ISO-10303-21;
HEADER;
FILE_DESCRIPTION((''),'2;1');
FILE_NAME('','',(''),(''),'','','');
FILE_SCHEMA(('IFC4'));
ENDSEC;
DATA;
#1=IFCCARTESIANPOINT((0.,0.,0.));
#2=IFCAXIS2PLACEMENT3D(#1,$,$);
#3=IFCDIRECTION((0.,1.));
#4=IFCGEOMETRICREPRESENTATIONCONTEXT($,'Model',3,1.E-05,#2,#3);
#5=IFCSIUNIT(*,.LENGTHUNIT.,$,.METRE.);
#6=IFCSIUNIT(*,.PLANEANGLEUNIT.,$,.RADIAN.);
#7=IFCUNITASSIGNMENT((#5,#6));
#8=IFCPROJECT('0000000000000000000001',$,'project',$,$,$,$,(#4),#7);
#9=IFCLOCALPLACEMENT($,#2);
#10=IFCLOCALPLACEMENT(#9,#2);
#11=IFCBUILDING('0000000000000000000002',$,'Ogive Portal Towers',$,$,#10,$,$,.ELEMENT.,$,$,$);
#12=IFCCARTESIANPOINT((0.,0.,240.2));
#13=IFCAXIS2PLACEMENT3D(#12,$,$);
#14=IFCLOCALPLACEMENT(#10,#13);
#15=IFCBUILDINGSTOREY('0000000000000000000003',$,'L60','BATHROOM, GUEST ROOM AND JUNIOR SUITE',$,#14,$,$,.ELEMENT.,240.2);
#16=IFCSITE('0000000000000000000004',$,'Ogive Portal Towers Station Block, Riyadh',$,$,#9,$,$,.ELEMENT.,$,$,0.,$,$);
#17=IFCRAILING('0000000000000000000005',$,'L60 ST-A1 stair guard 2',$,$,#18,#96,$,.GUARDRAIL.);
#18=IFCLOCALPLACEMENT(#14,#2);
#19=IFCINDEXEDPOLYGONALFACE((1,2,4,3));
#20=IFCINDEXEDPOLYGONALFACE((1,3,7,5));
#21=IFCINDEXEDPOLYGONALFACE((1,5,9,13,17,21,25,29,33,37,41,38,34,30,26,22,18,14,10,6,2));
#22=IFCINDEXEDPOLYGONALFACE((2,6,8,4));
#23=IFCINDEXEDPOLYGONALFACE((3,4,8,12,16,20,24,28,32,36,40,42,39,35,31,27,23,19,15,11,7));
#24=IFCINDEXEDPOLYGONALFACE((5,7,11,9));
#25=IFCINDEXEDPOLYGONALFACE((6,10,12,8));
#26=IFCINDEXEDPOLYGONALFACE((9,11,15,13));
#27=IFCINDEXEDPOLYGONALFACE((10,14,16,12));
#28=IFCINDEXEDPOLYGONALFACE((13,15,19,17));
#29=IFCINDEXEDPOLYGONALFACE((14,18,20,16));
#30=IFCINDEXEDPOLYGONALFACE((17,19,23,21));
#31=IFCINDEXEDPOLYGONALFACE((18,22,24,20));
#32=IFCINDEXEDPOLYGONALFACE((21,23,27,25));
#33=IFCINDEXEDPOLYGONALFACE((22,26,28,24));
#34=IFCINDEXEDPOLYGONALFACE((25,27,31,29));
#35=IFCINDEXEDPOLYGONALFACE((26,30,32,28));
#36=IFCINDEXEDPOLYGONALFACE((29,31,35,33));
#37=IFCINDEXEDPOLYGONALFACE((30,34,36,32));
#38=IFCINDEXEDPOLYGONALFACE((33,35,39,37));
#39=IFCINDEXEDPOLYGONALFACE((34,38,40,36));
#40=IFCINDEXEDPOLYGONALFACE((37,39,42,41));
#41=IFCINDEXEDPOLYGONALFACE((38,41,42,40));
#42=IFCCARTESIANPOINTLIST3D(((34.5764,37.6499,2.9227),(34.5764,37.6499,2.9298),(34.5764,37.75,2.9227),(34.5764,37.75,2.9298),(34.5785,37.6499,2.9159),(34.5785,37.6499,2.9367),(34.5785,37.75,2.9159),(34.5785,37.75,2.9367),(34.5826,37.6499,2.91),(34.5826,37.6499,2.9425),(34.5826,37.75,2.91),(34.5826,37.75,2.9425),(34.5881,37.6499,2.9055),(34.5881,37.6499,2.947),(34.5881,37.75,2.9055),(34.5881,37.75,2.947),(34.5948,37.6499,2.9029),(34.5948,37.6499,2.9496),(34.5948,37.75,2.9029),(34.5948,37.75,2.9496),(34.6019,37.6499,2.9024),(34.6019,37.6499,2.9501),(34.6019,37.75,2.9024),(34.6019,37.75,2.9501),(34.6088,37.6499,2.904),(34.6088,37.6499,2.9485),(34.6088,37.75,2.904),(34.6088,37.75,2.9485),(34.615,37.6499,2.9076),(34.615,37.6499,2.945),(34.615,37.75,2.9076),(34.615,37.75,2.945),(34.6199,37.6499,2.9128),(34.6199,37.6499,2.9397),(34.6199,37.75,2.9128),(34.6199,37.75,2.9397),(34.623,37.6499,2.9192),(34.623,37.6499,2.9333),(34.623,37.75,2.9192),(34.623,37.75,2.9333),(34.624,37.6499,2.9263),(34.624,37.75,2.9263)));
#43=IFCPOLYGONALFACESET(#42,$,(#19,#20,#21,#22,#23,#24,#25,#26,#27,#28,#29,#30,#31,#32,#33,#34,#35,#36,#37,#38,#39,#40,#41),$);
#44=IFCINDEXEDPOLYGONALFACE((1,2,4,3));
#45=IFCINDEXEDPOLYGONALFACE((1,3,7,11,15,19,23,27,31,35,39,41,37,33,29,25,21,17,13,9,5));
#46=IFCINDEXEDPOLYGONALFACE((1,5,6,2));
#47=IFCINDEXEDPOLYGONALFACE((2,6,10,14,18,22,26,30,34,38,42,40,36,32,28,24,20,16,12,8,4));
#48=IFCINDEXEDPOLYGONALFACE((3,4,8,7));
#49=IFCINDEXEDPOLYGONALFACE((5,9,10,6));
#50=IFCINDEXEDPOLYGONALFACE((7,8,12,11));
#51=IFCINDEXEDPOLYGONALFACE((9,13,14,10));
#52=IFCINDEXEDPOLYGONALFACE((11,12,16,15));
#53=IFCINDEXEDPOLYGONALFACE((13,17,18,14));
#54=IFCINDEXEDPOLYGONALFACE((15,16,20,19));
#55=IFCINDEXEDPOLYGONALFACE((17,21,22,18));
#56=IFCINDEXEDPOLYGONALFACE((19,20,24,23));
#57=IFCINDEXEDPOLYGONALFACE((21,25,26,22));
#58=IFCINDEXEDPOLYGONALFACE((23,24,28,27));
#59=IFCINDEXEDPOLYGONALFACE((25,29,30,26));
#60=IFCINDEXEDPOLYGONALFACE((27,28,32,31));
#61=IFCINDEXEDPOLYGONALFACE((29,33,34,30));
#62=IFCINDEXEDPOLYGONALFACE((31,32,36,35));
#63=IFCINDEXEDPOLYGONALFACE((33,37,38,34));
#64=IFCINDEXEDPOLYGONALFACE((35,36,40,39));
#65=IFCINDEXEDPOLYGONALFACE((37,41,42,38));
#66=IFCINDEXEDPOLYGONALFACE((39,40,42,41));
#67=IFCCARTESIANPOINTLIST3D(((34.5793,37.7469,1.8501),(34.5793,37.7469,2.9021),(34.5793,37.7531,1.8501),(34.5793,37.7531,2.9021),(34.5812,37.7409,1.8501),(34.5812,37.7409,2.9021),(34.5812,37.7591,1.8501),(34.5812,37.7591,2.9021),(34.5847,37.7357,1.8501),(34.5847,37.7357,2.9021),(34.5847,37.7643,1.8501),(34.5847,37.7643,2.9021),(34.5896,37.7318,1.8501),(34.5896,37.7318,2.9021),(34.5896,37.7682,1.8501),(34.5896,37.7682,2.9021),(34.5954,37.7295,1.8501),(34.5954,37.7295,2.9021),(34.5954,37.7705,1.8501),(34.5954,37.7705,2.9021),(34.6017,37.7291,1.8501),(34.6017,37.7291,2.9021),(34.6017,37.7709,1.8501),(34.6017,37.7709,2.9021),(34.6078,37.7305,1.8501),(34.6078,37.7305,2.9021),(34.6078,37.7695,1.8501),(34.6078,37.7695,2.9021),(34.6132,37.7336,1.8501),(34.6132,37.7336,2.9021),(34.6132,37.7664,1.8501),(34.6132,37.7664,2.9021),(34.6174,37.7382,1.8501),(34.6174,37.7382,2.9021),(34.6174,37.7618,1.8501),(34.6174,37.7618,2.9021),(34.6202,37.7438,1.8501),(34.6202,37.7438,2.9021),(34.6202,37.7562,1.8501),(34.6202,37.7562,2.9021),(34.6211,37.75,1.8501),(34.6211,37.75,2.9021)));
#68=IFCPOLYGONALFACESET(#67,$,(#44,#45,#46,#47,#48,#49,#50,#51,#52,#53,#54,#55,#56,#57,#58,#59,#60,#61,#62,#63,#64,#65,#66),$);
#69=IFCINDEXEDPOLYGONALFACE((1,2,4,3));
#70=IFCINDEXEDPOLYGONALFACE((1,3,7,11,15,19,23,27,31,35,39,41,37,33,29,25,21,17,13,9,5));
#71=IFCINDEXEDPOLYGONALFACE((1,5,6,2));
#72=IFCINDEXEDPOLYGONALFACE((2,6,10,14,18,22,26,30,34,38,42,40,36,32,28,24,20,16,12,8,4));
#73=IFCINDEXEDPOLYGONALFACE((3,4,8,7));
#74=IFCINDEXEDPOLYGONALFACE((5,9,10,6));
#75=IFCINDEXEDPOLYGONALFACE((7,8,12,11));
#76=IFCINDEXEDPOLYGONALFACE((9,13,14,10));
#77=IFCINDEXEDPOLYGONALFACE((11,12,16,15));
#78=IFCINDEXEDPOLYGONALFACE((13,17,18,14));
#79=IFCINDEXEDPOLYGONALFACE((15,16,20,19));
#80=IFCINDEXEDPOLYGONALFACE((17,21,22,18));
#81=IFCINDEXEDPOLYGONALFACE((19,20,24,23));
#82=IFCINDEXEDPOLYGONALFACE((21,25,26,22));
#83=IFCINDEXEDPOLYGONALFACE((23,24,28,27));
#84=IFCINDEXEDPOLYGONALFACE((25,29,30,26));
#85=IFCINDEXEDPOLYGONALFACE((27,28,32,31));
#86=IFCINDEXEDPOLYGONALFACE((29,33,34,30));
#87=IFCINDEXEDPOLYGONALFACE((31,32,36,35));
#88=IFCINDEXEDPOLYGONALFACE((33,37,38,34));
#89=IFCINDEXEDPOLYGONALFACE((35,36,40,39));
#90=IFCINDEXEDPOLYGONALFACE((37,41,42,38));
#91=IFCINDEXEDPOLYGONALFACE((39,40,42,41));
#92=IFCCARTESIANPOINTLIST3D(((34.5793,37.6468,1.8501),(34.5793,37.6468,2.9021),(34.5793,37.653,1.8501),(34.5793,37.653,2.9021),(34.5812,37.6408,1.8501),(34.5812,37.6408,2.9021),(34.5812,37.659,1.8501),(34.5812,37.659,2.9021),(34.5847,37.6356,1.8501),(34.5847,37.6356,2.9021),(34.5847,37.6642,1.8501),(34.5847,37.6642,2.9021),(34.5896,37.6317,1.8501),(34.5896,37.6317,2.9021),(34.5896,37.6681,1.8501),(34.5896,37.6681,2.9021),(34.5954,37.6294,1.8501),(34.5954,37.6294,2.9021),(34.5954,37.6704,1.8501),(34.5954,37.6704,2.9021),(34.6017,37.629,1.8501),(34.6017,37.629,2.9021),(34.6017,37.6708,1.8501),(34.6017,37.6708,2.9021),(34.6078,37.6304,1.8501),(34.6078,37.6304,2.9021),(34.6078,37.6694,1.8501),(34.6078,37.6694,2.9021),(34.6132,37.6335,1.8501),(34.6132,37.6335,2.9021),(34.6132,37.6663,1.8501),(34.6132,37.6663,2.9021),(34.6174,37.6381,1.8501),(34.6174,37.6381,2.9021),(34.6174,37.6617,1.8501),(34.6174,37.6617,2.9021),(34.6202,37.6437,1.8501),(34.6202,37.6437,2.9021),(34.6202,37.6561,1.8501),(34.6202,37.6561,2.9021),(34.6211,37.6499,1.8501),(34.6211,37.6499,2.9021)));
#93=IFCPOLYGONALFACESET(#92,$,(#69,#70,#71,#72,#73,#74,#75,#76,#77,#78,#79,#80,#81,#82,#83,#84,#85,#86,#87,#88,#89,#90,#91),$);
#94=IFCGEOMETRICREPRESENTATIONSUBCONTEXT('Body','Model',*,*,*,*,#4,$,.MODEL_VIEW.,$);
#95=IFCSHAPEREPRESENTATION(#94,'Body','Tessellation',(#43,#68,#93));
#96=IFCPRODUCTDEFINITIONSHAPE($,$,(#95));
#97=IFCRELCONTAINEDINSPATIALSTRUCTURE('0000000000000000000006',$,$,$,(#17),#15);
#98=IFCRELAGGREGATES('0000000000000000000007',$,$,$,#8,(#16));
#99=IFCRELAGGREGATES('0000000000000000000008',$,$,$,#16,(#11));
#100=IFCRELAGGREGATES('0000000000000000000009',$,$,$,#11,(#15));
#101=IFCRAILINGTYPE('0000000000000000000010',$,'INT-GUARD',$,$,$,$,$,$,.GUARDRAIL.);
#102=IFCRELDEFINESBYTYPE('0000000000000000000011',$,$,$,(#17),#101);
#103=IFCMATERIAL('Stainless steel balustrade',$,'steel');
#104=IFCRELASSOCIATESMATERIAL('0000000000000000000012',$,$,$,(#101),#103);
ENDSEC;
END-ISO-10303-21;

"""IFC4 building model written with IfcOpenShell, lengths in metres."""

from ifc_helpers import new_model, si_unit, direction, frame, origin, origin_2d, place, context, subcontext, project, spatial, circle, extrude, material, type_object, element, save


model = new_model("IFC4")

# Units and contexts
model_context = context("Model", 3, precision=1e-05, world=origin(), true_north=direction((0.0, 1.0)))
body_context = subcontext(model_context, "Body", "Model", "MODEL_VIEW")
ifc_project = project(units=[si_unit("LENGTHUNIT", "METRE"), si_unit("PLANEANGLEUNIT", "RADIAN")], contexts=[model_context])

# Site, building, storey
site_placement = place(None, origin())
site = spatial("IfcSite", under=ifc_project, at=site_placement, Name="Ogive Portal Towers Station Block, Riyadh", CompositionType="ELEMENT", RefElevation=0.0)
building_placement = place(site_placement, origin())
building = spatial("IfcBuilding", under=site, at=building_placement, Name="Ogive Portal Towers", CompositionType="ELEMENT")
storey_placement = place(building_placement, frame((0.0, 0.0, 240.2)))
storey = spatial("IfcBuildingStorey", under=building, at=storey_placement, Name="L60", Description="BATHROOM, GUEST ROOM AND JUNIOR SUITE", CompositionType="ELEMENT", Elevation=240.2)

# Railing
ifc_material_1 = material(Name="Stainless steel balustrade", Category="steel")
railing_type_1 = type_object("IfcRailingType", Name="INT-GUARD", PredefinedType="GUARDRAIL", material=ifc_material_1)
railing_1_placement = place(storey_placement, frame((34.6001, 37.75, 1.8501)))
element("IfcRailing", 1, at=railing_1_placement, inside=storey, type_object=railing_type_1, Name="L60 ST-A1 stair guard 2", PredefinedType="GUARDRAIL", context=body_context, shape_type="SweptSolid", body=[
    extrude(circle(Radius=0.0239, at=origin_2d()), frame((0.0, 0.0, 1.0762), z_axis=(0.0, -1.0, 0.0), x_axis=(1.0, 0.0, 0.0)), (0.0, 0.0, 1.0), 0.1001),
    extrude(circle(Radius=0.021, at=origin_2d()), origin(), (0.0, 0.0, 1.0), 1.052),
    extrude(circle(Radius=0.021, at=origin_2d()), frame((0.0, -0.1001, 0.0)), (0.0, 0.0, 1.0), 1.052),
])

save(model, "model.ifc")
